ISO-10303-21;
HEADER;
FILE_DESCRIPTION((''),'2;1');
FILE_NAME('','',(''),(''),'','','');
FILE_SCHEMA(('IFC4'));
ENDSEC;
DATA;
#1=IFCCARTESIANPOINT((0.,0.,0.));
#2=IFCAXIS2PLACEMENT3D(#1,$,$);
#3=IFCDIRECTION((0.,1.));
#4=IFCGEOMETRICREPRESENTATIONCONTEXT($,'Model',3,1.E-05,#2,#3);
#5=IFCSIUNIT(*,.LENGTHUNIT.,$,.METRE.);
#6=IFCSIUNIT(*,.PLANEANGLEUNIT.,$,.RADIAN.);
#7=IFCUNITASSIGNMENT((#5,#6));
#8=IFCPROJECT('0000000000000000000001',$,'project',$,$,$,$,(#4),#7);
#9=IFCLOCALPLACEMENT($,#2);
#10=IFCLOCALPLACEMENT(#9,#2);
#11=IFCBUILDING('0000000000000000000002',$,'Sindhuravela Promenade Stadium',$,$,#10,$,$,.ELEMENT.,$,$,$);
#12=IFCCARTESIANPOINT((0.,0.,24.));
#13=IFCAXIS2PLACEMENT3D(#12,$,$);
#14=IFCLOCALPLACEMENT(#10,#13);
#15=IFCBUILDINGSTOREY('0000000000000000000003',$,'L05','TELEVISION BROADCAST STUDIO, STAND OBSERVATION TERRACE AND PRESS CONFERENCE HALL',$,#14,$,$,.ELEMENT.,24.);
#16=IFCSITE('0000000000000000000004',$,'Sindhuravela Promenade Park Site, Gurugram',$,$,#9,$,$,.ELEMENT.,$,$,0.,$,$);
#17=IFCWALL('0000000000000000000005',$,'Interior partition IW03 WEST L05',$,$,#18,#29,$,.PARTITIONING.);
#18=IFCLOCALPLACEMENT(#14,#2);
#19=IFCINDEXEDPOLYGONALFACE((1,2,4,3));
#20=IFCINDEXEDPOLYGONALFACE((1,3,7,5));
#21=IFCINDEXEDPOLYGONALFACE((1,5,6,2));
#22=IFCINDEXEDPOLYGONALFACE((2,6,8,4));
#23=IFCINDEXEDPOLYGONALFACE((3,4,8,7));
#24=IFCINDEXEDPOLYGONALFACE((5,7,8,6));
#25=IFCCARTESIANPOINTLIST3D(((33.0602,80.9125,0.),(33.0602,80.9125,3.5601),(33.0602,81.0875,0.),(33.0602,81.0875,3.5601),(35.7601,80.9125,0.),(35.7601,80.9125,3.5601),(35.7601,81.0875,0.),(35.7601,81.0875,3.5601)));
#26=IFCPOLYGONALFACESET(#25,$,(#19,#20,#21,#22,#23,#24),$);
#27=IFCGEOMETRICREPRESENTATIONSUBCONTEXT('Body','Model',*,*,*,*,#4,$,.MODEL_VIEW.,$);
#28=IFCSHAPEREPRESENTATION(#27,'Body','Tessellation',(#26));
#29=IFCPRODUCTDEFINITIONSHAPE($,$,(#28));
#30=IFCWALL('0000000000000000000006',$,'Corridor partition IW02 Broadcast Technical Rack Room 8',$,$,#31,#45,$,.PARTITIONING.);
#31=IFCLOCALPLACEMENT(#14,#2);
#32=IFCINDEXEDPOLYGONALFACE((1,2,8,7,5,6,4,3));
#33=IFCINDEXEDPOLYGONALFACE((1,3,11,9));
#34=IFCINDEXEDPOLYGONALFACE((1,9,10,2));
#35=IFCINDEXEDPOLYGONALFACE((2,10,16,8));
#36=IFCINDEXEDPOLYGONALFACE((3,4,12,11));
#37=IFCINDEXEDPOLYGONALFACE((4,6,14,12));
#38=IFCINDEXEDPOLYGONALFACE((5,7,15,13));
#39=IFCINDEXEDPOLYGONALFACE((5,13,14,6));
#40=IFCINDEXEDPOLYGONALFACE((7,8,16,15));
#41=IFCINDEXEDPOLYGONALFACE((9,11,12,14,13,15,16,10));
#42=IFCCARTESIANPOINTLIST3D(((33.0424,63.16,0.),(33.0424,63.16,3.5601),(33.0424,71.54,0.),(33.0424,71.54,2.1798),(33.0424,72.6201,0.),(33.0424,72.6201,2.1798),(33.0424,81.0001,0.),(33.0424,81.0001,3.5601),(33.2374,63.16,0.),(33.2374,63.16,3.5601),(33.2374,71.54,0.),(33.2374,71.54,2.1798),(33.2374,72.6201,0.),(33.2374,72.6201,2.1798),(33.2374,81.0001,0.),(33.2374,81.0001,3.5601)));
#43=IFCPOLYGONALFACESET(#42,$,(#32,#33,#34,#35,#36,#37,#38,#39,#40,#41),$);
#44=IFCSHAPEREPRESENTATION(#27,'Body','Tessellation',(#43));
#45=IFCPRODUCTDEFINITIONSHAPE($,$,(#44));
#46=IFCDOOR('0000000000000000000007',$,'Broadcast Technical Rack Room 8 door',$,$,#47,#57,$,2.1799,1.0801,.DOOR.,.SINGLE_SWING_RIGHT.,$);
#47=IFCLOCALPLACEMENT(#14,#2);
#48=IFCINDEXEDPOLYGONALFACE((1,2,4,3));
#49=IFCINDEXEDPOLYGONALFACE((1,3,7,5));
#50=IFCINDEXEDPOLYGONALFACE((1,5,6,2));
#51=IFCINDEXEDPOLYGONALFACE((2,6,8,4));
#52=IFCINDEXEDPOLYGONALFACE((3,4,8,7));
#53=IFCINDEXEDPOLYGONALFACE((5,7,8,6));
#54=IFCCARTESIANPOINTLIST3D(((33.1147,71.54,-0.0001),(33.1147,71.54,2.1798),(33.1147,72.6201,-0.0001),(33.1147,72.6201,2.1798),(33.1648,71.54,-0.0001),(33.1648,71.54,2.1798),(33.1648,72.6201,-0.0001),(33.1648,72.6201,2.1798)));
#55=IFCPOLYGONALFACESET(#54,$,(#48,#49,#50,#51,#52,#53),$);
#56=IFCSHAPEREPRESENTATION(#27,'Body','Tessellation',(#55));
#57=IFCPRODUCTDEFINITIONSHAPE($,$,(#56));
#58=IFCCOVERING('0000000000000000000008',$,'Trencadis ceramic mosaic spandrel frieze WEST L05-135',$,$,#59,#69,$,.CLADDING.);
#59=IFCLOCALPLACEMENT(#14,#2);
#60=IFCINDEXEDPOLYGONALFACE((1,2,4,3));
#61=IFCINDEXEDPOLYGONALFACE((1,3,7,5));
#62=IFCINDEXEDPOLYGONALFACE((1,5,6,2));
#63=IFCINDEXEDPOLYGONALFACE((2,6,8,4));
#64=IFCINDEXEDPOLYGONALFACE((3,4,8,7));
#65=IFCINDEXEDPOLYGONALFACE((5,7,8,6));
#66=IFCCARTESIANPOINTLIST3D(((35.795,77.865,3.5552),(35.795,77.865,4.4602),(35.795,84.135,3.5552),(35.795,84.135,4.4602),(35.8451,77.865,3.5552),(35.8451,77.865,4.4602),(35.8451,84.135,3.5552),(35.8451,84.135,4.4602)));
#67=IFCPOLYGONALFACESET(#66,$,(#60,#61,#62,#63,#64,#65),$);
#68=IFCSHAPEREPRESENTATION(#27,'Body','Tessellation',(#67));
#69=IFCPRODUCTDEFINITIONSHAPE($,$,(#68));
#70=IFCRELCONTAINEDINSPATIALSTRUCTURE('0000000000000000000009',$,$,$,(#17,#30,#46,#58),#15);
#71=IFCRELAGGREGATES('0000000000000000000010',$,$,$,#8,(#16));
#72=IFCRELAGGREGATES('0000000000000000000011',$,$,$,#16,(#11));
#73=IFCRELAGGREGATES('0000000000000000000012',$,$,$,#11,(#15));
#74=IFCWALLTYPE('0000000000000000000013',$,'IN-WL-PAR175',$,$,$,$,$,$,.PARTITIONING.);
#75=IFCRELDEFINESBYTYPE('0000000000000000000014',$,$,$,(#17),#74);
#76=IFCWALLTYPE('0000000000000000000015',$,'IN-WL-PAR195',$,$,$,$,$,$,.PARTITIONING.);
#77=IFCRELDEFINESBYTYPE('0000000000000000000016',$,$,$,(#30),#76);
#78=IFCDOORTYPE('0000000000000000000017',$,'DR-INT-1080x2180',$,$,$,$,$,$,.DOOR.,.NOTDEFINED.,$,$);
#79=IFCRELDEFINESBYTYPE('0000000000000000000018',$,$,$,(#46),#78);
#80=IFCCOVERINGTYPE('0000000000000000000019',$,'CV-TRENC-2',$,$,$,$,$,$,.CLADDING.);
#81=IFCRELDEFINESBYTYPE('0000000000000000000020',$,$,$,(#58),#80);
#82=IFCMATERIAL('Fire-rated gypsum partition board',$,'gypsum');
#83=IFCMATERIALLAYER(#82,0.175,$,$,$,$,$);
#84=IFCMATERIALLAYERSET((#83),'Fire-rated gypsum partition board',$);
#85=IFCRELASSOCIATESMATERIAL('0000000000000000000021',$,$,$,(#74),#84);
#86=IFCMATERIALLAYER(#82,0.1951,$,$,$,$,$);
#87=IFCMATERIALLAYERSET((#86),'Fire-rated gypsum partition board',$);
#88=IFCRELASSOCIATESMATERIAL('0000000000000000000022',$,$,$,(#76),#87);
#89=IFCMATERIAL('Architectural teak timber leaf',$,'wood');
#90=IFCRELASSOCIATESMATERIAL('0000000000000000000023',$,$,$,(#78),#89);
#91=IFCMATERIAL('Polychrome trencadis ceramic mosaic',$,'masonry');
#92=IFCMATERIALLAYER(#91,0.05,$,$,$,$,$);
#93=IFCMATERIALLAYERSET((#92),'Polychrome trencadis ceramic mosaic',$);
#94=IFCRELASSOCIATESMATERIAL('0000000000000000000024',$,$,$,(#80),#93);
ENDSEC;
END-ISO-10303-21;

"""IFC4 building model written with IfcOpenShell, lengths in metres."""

from ifc_helpers import new_model, si_unit, direction, frame, frame_2d, origin, origin_2d, place, context, subcontext, project, spatial, rectangle, extrude, material, layer, layer_set, type_object, element, fill, save


model = new_model("IFC4")

# Units and contexts
model_context = context("Model", 3, precision=1e-05, world=origin(), true_north=direction((0.0, 1.0)))
body_context = subcontext(model_context, "Body", "Model", "MODEL_VIEW")
ifc_project = project(units=[si_unit("LENGTHUNIT", "METRE"), si_unit("PLANEANGLEUNIT", "RADIAN")], contexts=[model_context])

# Site, building, storey
site_placement = place(None, origin())
site = spatial("IfcSite", under=ifc_project, at=site_placement, Name="Sindhuravela Promenade Park Site, Gurugram", CompositionType="ELEMENT", RefElevation=0.0)
building_placement = place(site_placement, origin())
building = spatial("IfcBuilding", under=site, at=building_placement, Name="Sindhuravela Promenade Stadium", CompositionType="ELEMENT")
storey_placement = place(building_placement, frame((0.0, 0.0, 24.0)))
storey = spatial("IfcBuildingStorey", under=building, at=storey_placement, Name="L05", Description="TELEVISION BROADCAST STUDIO, STAND OBSERVATION TERRACE AND PRESS CONFERENCE HALL", CompositionType="ELEMENT", Elevation=24.0)

# Wall
ifc_material_1 = material(Name="Fire-rated gypsum partition board", Category="gypsum")
ifc_layer_1 = layer(ifc_material_1, 0.175)
ifc_layer_set_1 = layer_set([ifc_layer_1], Name="Fire-rated gypsum partition board")
wall_type_1 = type_object("IfcWallType", Name="IN-WL-PAR175", PredefinedType="PARTITIONING", material=ifc_layer_set_1)
wall_1_placement = place(storey_placement, frame((33.0601, 81.0, 0.0), z_axis=(0.0, 0.0, 1.0), x_axis=(1.0, 0.0, 0.0)))
element("IfcWall", 1, at=wall_1_placement, inside=storey, type_object=wall_type_1, Name="Interior partition IW03 WEST L05", PredefinedType="PARTITIONING", context=body_context, shape_type="SweptSolid", body=[
    extrude(rectangle(XDim=2.7, YDim=0.175, at=frame_2d((1.3501, 0.0))), origin(), (0.0, 0.0, 1.0), 3.5601),
])

# Wall, opening, door
ifc_layer_2 = layer(ifc_material_1, 0.1951)
ifc_layer_set_2 = layer_set([ifc_layer_2], Name="Fire-rated gypsum partition board")
wall_type_2 = type_object("IfcWallType", Name="IN-WL-PAR195", PredefinedType="PARTITIONING", material=ifc_layer_set_2)
wall_2_placement = place(storey_placement, frame((33.1399, 81.0, 0.0), z_axis=(0.0, 0.0, 1.0), x_axis=(0.0, -1.0, 0.0)))
wall_2 = element("IfcWall", 2, at=wall_2_placement, inside=storey, type_object=wall_type_2, Name="Corridor partition IW02 Broadcast Technical Rack Room 8", PredefinedType="PARTITIONING", context=body_context, shape_type="SweptSolid", body=[
    extrude(rectangle(XDim=17.8401, YDim=0.1951, at=frame_2d((8.9199, 0.0))), origin(), (0.0, 0.0, 1.0), 3.5601),
])
opening_placement = place(wall_2_placement, frame((8.3799, 0.0, 0.0)))
opening = element("IfcOpeningElement", 3, at=opening_placement, cuts=wall_2, PredefinedType="OPENING", context=body_context, shape_type="SweptSolid", body=[
    extrude(rectangle(XDim=1.0801, YDim=2.1799, at=frame_2d((0.54, 1.0898))), frame((0.0, 0.1074, 0.0), z_axis=(0.0, -1.0, 0.0), x_axis=(1.0, 0.0, 0.0)), (0.0, 0.0, 1.0), 0.2151),
])
ifc_material_2 = material(Name="Architectural teak timber leaf", Category="wood")
door_type = type_object("IfcDoorType", Name="DR-INT-1080x2180", OperationType="NOTDEFINED", PredefinedType="DOOR", material=ifc_material_2)
door_placement = place(opening_placement, origin())
door = element("IfcDoor", 4, at=door_placement, inside=storey, type_object=door_type, Name="Broadcast Technical Rack Room 8 door", OperationType="SINGLE_SWING_RIGHT", OverallHeight=2.1799, OverallWidth=1.0801, PredefinedType="DOOR", context=body_context, shape_type="SweptSolid", body=[
    extrude(rectangle(XDim=1.0801, YDim=2.1799, at=frame_2d((0.54, 1.0898))), frame((0.0, 0.0249, 0.0), z_axis=(0.0, -1.0, 0.0), x_axis=(1.0, 0.0, 0.0)), (0.0, 0.0, 1.0), 0.05),
])
fill(opening, door)

# Covering
ifc_material_3 = material(Name="Polychrome trencadis ceramic mosaic", Category="masonry")
ifc_layer_3 = layer(ifc_material_3, 0.05)
ifc_layer_set_3 = layer_set([ifc_layer_3], Name="Polychrome trencadis ceramic mosaic")
covering_type = type_object("IfcCoveringType", Name="CV-TRENC-2", PredefinedType="CLADDING", material=ifc_layer_set_3)
covering_placement = place(storey_placement, frame((35.8201, 81.0, 3.5552), z_axis=(0.0, 0.0, 1.0), x_axis=(0.0, -1.0, 0.0)))
element("IfcCovering", 5, at=covering_placement, inside=storey, type_object=covering_type, Name="Trencadis ceramic mosaic spandrel frieze WEST L05-135", PredefinedType="CLADDING", context=body_context, shape_type="SweptSolid", body=[
    extrude(rectangle(XDim=6.27, YDim=0.05, at=origin_2d()), origin(), (0.0, 0.0, 1.0), 0.905),
])

save(model, "model.ifc")
